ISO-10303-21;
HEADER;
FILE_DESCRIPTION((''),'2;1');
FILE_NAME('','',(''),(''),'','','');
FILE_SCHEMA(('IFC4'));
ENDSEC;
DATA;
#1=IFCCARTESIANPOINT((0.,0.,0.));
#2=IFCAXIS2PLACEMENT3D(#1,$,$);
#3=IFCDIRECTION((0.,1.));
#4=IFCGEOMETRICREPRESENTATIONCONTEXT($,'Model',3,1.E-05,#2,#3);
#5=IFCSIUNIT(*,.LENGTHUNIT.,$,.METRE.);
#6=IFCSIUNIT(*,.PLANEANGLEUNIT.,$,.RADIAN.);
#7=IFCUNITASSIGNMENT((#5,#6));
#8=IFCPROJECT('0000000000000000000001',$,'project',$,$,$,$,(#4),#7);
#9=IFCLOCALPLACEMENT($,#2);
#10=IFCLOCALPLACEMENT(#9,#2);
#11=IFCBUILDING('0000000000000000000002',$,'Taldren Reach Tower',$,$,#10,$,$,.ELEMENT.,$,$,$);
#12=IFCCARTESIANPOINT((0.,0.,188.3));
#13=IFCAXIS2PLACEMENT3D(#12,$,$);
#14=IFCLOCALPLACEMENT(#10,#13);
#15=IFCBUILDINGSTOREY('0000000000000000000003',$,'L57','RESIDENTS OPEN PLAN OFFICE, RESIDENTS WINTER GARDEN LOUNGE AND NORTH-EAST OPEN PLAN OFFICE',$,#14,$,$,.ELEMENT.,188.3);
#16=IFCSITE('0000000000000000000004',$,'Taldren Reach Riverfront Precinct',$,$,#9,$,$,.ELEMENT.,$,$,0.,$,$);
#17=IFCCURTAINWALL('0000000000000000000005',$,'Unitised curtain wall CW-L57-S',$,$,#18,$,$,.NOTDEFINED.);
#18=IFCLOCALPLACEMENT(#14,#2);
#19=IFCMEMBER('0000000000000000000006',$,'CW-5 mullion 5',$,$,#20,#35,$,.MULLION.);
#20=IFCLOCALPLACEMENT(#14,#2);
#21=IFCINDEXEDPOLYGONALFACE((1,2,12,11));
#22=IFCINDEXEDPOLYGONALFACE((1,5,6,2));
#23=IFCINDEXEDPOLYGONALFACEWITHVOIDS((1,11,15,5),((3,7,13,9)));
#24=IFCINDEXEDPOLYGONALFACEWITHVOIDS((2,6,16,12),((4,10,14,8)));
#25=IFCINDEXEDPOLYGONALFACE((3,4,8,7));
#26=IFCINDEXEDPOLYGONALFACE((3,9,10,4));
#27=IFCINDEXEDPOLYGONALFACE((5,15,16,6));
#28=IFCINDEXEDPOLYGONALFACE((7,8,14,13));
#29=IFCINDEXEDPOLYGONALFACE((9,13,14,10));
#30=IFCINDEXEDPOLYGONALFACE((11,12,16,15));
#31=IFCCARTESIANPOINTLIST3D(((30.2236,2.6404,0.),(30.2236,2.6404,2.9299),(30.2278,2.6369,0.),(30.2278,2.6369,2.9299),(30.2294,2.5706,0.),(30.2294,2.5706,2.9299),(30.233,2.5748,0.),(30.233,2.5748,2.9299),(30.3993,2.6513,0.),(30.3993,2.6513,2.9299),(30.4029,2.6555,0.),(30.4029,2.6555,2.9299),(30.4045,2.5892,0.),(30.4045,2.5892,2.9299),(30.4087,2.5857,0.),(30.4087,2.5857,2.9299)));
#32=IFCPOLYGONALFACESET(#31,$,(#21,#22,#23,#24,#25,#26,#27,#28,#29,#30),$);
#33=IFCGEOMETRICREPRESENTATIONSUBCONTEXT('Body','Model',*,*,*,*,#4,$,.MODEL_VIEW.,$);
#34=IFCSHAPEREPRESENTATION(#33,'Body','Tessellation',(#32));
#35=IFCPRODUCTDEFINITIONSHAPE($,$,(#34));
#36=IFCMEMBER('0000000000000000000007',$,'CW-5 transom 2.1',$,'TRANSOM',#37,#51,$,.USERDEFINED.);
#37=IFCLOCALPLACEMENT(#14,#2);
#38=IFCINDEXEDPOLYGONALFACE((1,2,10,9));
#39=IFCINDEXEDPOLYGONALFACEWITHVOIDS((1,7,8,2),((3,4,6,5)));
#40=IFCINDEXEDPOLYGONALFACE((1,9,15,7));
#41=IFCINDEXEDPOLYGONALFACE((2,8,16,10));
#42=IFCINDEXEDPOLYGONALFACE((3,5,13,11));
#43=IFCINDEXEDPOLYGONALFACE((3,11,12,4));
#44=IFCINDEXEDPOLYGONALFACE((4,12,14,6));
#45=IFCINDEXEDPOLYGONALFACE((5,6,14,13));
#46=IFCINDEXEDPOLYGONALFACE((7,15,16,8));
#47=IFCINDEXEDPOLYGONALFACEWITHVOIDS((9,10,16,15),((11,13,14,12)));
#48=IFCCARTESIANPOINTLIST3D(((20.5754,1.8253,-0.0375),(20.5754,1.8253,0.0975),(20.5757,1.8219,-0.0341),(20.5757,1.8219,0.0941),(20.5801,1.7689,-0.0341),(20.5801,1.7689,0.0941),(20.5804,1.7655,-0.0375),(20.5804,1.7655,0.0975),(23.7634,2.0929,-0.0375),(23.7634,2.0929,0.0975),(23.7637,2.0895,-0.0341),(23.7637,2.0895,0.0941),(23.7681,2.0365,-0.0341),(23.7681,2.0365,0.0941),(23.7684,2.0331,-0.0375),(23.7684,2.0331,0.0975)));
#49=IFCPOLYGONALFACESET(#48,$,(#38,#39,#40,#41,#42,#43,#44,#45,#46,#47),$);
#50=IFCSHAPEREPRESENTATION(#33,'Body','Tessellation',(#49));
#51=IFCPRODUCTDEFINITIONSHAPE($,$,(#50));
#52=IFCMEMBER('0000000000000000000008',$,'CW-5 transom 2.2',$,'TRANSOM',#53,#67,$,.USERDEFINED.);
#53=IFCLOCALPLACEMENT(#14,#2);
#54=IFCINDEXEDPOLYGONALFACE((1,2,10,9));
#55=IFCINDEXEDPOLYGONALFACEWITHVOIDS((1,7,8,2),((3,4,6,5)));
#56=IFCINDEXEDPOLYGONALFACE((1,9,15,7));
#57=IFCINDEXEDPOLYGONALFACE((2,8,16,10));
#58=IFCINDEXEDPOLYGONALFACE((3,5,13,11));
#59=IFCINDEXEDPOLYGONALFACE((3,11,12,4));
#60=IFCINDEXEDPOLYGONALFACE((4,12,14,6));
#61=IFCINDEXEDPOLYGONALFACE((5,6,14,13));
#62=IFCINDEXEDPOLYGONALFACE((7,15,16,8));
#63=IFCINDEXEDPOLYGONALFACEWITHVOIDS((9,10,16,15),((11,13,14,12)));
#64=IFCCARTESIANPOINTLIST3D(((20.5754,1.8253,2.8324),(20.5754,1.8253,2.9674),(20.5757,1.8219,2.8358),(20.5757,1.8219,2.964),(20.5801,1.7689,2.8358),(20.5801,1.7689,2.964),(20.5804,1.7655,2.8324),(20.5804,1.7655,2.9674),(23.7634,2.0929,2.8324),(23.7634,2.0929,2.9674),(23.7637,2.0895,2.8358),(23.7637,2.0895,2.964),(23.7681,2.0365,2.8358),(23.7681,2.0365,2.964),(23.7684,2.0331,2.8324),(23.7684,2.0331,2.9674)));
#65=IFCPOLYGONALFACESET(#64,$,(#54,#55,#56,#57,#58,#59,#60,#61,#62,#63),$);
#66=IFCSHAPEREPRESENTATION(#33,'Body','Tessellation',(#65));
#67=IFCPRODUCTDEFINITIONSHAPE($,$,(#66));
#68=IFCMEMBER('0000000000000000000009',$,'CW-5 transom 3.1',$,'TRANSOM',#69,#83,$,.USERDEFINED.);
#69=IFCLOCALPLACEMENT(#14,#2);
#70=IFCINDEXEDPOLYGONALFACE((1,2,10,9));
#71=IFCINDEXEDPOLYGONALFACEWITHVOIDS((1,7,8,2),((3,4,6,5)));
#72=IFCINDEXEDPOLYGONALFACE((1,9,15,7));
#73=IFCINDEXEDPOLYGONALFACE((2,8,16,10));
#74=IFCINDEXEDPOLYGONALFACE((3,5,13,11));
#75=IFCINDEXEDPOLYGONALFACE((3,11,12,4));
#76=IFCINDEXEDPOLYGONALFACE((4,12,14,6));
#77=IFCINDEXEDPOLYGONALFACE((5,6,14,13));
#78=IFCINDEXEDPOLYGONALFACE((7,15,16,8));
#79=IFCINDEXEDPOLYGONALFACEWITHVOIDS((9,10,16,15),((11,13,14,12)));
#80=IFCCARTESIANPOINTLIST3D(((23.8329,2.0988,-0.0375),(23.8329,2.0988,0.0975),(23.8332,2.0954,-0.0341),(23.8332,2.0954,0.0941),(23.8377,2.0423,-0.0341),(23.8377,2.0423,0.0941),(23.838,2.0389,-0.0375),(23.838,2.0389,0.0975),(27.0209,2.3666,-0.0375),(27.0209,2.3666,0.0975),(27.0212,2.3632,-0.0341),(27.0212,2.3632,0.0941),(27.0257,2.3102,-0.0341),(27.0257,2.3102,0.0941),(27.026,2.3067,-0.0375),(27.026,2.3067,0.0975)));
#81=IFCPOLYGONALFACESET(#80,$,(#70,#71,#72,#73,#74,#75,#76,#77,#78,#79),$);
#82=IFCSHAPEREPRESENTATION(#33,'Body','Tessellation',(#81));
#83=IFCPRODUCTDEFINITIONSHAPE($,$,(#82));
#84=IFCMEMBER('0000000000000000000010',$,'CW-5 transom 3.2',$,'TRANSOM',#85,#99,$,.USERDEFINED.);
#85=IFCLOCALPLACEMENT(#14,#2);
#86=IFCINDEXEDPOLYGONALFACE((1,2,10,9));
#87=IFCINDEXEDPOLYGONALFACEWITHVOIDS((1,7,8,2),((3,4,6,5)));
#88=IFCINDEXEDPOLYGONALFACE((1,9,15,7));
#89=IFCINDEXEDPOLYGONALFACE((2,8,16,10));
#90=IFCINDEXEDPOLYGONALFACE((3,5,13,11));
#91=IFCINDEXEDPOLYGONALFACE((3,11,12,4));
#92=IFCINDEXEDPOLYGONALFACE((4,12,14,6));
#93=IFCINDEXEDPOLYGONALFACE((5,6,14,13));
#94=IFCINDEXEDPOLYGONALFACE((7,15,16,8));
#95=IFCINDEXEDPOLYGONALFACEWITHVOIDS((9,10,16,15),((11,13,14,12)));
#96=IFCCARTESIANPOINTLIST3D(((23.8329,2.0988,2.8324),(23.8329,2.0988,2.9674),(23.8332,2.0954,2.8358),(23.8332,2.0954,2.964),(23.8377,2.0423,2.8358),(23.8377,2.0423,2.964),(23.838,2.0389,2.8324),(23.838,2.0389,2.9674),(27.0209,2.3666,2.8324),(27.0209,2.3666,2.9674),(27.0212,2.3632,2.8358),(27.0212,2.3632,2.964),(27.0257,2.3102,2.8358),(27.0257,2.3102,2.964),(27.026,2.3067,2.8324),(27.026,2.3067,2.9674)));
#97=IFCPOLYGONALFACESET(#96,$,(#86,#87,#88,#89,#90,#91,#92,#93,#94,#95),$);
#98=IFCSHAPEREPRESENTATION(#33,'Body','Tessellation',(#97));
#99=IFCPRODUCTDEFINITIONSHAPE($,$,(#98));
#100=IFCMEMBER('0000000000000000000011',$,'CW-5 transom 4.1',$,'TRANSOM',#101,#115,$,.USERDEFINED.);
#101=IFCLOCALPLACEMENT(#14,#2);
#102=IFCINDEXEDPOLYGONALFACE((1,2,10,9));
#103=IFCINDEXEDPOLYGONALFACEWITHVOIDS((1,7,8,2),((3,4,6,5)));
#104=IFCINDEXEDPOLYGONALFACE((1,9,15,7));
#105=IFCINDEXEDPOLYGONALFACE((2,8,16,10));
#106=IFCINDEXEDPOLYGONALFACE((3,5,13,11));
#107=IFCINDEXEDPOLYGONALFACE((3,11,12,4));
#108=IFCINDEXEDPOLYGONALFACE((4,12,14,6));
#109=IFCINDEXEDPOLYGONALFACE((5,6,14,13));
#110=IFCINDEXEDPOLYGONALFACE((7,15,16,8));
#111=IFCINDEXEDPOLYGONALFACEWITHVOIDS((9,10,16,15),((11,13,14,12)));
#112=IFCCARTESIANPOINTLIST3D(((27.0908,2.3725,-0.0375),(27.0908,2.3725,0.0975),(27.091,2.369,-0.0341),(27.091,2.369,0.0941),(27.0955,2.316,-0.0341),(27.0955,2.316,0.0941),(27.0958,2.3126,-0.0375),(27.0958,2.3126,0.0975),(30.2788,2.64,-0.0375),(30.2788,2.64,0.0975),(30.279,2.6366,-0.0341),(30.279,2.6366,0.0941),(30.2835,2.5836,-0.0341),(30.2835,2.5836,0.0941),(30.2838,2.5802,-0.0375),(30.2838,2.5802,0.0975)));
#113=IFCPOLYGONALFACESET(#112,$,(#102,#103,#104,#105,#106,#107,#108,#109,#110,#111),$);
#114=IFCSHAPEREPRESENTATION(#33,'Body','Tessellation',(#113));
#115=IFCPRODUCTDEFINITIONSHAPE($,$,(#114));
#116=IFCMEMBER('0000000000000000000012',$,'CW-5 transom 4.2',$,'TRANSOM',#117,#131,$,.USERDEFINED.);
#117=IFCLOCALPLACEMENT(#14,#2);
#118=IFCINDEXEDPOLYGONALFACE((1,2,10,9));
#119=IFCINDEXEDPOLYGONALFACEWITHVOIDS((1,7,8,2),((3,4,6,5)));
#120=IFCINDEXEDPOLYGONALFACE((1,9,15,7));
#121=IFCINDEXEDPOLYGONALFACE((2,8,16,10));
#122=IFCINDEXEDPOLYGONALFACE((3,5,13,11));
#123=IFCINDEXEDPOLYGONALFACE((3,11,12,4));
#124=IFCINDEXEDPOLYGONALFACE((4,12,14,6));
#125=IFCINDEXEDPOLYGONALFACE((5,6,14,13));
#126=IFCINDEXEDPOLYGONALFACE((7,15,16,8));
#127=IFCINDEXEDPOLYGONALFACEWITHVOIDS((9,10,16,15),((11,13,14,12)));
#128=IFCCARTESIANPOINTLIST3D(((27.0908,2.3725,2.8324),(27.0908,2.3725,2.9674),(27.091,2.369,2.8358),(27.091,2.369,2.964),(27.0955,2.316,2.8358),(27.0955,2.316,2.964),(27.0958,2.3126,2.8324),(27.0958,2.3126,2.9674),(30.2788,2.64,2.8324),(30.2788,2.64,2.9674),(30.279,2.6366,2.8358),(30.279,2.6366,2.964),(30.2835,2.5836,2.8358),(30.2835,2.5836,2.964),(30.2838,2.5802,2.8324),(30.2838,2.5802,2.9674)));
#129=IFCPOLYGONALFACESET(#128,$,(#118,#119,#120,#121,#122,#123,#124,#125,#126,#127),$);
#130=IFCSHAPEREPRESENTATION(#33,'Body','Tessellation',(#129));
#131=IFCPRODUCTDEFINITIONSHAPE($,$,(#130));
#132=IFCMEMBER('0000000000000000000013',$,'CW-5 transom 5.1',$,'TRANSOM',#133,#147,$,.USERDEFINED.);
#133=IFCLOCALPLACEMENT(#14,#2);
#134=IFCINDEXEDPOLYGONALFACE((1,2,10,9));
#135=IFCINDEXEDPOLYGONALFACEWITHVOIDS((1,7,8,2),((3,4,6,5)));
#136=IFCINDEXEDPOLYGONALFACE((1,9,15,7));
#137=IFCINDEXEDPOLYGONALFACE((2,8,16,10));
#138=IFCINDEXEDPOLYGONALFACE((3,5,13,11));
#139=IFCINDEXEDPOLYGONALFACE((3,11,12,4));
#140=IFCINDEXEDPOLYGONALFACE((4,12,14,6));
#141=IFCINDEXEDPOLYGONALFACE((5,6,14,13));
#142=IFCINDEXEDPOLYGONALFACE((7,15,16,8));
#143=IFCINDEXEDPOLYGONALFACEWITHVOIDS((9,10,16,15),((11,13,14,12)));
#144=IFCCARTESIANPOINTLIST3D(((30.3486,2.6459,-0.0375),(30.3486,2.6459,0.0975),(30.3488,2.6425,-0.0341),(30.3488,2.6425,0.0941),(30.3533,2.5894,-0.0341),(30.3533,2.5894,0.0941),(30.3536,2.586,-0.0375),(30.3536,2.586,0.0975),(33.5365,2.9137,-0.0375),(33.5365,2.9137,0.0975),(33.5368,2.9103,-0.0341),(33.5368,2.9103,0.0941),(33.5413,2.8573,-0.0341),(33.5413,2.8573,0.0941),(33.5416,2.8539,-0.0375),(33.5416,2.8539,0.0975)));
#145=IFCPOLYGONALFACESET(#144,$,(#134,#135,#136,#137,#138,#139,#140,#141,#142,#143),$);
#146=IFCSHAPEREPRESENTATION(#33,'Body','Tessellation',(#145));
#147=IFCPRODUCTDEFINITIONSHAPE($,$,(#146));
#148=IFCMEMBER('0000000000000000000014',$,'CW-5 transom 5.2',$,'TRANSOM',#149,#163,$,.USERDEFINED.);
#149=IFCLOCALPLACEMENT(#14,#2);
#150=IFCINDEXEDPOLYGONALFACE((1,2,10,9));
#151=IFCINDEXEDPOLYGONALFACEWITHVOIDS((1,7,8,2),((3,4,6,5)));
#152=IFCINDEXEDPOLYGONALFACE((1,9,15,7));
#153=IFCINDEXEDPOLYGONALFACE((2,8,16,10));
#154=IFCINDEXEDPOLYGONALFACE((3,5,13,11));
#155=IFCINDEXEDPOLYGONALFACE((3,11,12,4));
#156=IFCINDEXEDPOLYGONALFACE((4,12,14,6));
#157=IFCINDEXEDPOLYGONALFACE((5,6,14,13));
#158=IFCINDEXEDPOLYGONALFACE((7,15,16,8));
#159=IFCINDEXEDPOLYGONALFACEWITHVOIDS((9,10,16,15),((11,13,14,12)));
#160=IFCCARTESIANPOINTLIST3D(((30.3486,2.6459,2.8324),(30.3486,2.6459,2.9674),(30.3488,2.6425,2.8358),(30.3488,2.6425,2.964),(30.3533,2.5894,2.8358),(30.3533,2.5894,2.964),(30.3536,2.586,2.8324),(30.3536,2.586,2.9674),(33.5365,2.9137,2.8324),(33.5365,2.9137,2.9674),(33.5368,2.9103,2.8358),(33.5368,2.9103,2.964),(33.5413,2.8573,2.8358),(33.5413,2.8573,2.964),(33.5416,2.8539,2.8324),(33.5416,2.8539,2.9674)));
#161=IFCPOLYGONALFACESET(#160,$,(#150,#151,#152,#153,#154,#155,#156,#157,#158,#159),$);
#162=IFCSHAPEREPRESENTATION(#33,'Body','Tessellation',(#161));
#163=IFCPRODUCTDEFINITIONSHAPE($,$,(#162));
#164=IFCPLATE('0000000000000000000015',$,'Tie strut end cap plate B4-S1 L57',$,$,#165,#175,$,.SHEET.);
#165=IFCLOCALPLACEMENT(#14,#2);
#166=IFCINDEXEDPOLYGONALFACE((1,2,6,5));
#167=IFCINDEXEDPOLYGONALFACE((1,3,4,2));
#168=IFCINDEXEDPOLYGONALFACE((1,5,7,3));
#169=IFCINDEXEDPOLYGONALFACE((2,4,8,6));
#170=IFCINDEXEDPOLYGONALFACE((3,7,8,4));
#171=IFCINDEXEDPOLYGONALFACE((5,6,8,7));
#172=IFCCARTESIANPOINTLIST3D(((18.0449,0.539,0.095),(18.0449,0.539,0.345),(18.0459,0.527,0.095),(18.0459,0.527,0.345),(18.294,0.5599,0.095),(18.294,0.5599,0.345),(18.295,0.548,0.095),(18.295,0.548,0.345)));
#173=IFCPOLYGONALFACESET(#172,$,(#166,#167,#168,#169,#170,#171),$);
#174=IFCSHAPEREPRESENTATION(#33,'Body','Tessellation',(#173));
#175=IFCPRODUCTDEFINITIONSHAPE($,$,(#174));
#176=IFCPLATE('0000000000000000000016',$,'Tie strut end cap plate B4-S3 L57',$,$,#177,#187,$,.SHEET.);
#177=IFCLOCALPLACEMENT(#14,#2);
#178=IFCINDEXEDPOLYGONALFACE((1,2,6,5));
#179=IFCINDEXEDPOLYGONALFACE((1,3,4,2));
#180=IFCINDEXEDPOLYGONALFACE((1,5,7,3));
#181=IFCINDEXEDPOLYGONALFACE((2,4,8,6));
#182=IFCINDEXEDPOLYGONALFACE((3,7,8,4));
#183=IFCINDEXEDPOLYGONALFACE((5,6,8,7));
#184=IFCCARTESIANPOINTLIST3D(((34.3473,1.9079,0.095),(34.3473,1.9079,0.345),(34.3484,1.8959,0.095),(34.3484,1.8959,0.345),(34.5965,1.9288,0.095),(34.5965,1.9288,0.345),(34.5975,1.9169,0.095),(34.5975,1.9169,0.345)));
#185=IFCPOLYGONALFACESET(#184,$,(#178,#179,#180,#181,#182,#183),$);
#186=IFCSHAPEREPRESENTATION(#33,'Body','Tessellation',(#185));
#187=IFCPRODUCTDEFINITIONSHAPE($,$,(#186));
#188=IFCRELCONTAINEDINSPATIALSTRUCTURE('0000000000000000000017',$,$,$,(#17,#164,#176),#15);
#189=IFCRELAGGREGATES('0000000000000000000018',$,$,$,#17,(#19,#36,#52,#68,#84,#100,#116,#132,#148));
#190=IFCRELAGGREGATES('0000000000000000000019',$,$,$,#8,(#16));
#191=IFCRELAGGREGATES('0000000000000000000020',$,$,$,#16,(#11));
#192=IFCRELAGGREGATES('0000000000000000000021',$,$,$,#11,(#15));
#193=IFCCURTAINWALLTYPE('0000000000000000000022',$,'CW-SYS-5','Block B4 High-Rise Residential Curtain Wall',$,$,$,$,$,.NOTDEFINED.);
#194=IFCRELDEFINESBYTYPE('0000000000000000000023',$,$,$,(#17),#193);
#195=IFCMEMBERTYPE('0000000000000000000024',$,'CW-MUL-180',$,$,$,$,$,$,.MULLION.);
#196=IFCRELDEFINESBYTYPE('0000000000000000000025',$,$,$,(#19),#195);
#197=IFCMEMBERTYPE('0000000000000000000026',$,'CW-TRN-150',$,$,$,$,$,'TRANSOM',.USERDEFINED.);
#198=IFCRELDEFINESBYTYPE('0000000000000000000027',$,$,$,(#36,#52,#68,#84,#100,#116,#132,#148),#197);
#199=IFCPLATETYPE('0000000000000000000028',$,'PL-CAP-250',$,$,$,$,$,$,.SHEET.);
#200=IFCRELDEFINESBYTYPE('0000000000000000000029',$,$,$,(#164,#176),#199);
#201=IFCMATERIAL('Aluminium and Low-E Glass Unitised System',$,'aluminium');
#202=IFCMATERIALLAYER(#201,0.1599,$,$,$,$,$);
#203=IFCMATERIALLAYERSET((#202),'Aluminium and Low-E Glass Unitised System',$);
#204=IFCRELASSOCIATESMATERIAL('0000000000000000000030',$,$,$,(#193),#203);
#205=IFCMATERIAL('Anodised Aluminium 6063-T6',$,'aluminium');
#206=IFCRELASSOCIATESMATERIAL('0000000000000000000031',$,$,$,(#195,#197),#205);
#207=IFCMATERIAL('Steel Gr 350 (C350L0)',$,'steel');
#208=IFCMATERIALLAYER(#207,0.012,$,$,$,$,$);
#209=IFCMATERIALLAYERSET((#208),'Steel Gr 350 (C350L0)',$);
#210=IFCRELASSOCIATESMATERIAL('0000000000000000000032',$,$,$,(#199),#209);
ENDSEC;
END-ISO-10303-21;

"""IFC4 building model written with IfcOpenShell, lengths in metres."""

from ifc_helpers import new_model, si_unit, direction, frame, origin, origin_2d, place, context, subcontext, project, spatial, rectangle, hollow_rectangle, extrude, source, transform, mapped, material, layer, layer_set, material_profile, profile_set, type_object, element, aggregate, save


model = new_model("IFC4")

# Units and contexts
model_context = context("Model", 3, precision=1e-05, world=origin(), true_north=direction((0.0, 1.0)))
body_context = subcontext(model_context, "Body", "Model", "MODEL_VIEW")
ifc_project = project(units=[si_unit("LENGTHUNIT", "METRE"), si_unit("PLANEANGLEUNIT", "RADIAN")], contexts=[model_context])

# Site, building, storey
site_placement = place(None, origin())
site = spatial("IfcSite", under=ifc_project, at=site_placement, Name="Taldren Reach Riverfront Precinct", CompositionType="ELEMENT", RefElevation=0.0)
building_placement = place(site_placement, origin())
building = spatial("IfcBuilding", under=site, at=building_placement, Name="Taldren Reach Tower", CompositionType="ELEMENT")
storey_placement = place(building_placement, frame((0.0, 0.0, 188.3)))
storey = spatial("IfcBuildingStorey", under=building, at=storey_placement, Name="L57", Description="RESIDENTS OPEN PLAN OFFICE, RESIDENTS WINTER GARDEN LOUNGE AND NORTH-EAST OPEN PLAN OFFICE", CompositionType="ELEMENT", Elevation=188.3)

# Shared definitions
ifc_material_1 = material(Name="Steel Gr 350 (C350L0)", Category="steel")

# Curtain wall, members
ifc_material_2 = material(Name="Aluminium and Low-E Glass Unitised System", Category="aluminium")
ifc_layer_1 = layer(ifc_material_2, 0.1599)
ifc_layer_set_1 = layer_set([ifc_layer_1], Name="Aluminium and Low-E Glass Unitised System")
curtain_wall_type = type_object("IfcCurtainWallType", Name="CW-SYS-5", Description="Block B4 High-Rise Residential Curtain Wall", PredefinedType="NOTDEFINED", material=ifc_layer_set_1)
curtain_wall_placement = place(storey_placement, origin())
curtain_wall = element("IfcCurtainWall", 1, at=curtain_wall_placement, inside=storey, type_object=curtain_wall_type, Name="Unitised curtain wall CW-L57-S", PredefinedType="NOTDEFINED")
ifc_material_3 = material(Name="Anodised Aluminium 6063-T6", Category="aluminium")
ifc_material_profile_1 = material_profile(ifc_material_3, hollow_rectangle(XDim=0.0701, YDim=0.1799, WallThickness=0.0039, at=origin_2d()), Name="ALU-180x70x4RHS")
ifc_profile_set_1 = profile_set([ifc_material_profile_1], Name="Anodised Aluminium 6063-T6")
member_type_1 = type_object("IfcMemberType", Name="CW-MUL-180", PredefinedType="MULLION", material=ifc_profile_set_1)
shared_shape_1 = source(origin(), body_context, "Body", "SweptSolid", [
    extrude(hollow_rectangle(XDim=0.0701, YDim=0.1799, WallThickness=0.0039, at=origin_2d()), origin(), (0.0, 0.0, 1.0), 2.9299),
])
member_1_placement = place(storey_placement, frame((30.3162, 2.613, 0.0), z_axis=(0.0, 0.0, 1.0), x_axis=(-0.083678, 0.996493, 0.0)))
member_1 = element("IfcMember", 2, at=member_1_placement, type_object=member_type_1, Name="CW-5 mullion 5", PredefinedType="MULLION", context=body_context, shape_type="MappedRepresentation", body=[
    mapped(shared_shape_1, transform((0.0, 0.0, 0.0), scale=1.0)),
])
ifc_material_profile_2 = material_profile(ifc_material_3, hollow_rectangle(XDim=0.0601, YDim=0.135, WallThickness=0.0034, at=origin_2d()), Name="ALU-135x60x3.5RHS")
ifc_profile_set_2 = profile_set([ifc_material_profile_2], Name="Anodised Aluminium 6063-T6")
member_type_2 = type_object("IfcMemberType", Name="CW-TRN-150", ElementType="TRANSOM", PredefinedType="USERDEFINED", material=ifc_profile_set_2)
shared_shape_2 = source(origin(), body_context, "Body", "SweptSolid", [
    extrude(hollow_rectangle(XDim=0.0601, YDim=0.135, WallThickness=0.0034, at=origin_2d()), origin(), (0.0, 0.0, 1.0), 3.1992),
])
member_2_placement = place(storey_placement, frame((20.5779, 1.7954, 0.03), z_axis=(0.996496, 0.083639, 0.0), x_axis=(-0.083639, 0.996496, 0.0)))
member_2 = element("IfcMember", 3, at=member_2_placement, type_object=member_type_2, Name="CW-5 transom 2.1", ObjectType="TRANSOM", PredefinedType="USERDEFINED", context=body_context, shape_type="MappedRepresentation", body=[
    mapped(shared_shape_2, transform((0.0, 0.0, 0.0), scale=1.0)),
])
member_3_placement = place(storey_placement, frame((20.5779, 1.7954, 2.8999), z_axis=(0.996496, 0.083639, 0.0), x_axis=(-0.083639, 0.996496, 0.0)))
member_3 = element("IfcMember", 4, at=member_3_placement, type_object=member_type_2, Name="CW-5 transom 2.2", ObjectType="TRANSOM", PredefinedType="USERDEFINED", context=body_context, shape_type="MappedRepresentation", body=[
    mapped(shared_shape_2, transform((0.0, 0.0, 0.0), scale=1.0)),
])
member_4_placement = place(storey_placement, frame((23.8354, 2.0688, 0.03), z_axis=(0.99649, 0.083715, 0.0), x_axis=(-0.083715, 0.99649, 0.0)))
member_4 = element("IfcMember", 5, at=member_4_placement, type_object=member_type_2, Name="CW-5 transom 3.1", ObjectType="TRANSOM", PredefinedType="USERDEFINED", context=body_context, shape_type="MappedRepresentation", body=[
    mapped(shared_shape_2, transform((0.0, 0.0, 0.0), scale=1.0)),
])
member_5_placement = place(storey_placement, frame((23.8354, 2.0688, 2.8999), z_axis=(0.99649, 0.083715, 0.0), x_axis=(-0.083715, 0.99649, 0.0)))
member_5 = element("IfcMember", 6, at=member_5_placement, type_object=member_type_2, Name="CW-5 transom 3.2", ObjectType="TRANSOM", PredefinedType="USERDEFINED", context=body_context, shape_type="MappedRepresentation", body=[
    mapped(shared_shape_2, transform((0.0, 0.0, 0.0), scale=1.0)),
])
member_6_placement = place(storey_placement, frame((27.0933, 2.3425, 0.03), z_axis=(0.996496, 0.083639, 0.0), x_axis=(-0.083639, 0.996496, 0.0)))
member_6 = element("IfcMember", 7, at=member_6_placement, type_object=member_type_2, Name="CW-5 transom 4.1", ObjectType="TRANSOM", PredefinedType="USERDEFINED", context=body_context, shape_type="MappedRepresentation", body=[
    mapped(shared_shape_2, transform((0.0, 0.0, 0.0), scale=1.0)),
])
member_7_placement = place(storey_placement, frame((27.0933, 2.3425, 2.8999), z_axis=(0.996496, 0.083639, 0.0), x_axis=(-0.083639, 0.996496, 0.0)))
member_7 = element("IfcMember", 8, at=member_7_placement, type_object=member_type_2, Name="CW-5 transom 4.2", ObjectType="TRANSOM", PredefinedType="USERDEFINED", context=body_context, shape_type="MappedRepresentation", body=[
    mapped(shared_shape_2, transform((0.0, 0.0, 0.0), scale=1.0)),
])
member_8_placement = place(storey_placement, frame((30.3511, 2.616, 0.03), z_axis=(0.99649, 0.083715, 0.0), x_axis=(-0.083715, 0.99649, 0.0)))
member_8 = element("IfcMember", 9, at=member_8_placement, type_object=member_type_2, Name="CW-5 transom 5.1", ObjectType="TRANSOM", PredefinedType="USERDEFINED", context=body_context, shape_type="MappedRepresentation", body=[
    mapped(shared_shape_2, transform((0.0, 0.0, 0.0), scale=1.0)),
])
member_9_placement = place(storey_placement, frame((30.3511, 2.616, 2.8999), z_axis=(0.99649, 0.083715, 0.0), x_axis=(-0.083715, 0.99649, 0.0)))
member_9 = element("IfcMember", 10, at=member_9_placement, type_object=member_type_2, Name="CW-5 transom 5.2", ObjectType="TRANSOM", PredefinedType="USERDEFINED", context=body_context, shape_type="MappedRepresentation", body=[
    mapped(shared_shape_2, transform((0.0, 0.0, 0.0), scale=1.0)),
])

# Plates
ifc_layer_2 = layer(ifc_material_1, 0.012)
ifc_layer_set_2 = layer_set([ifc_layer_2], Name="Steel Gr 350 (C350L0)")
plate_type_1 = type_object("IfcPlateType", Name="PL-CAP-250", PredefinedType="SHEET", material=ifc_layer_set_2)
shared_shape_3 = source(origin(), body_context, "Body", "SweptSolid", [
    extrude(rectangle(XDim=0.25, YDim=0.012, at=origin_2d()), origin(), (0.0, 0.0, 1.0), 0.25),
])
for number, where, z_axis, x_axis, name in (
    (11, (18.1699, 0.5435, 0.095), (0.0, 0.0, 1.0), (0.996493, 0.083678, 0.0), "Tie strut end cap plate B4-S1 L57"),
    (12, (34.4724, 1.9124, 0.095), (0.0, 0.0, 1.0), (0.996493, 0.083678, 0.0), "Tie strut end cap plate B4-S3 L57"),
):
    element("IfcPlate", number, at=place(storey_placement, frame(where, z_axis=z_axis, x_axis=x_axis)), inside=storey, type_object=plate_type_1, Name=name, PredefinedType="SHEET", context=body_context, shape_type="MappedRepresentation", body=[
        mapped(shared_shape_3, transform((0.0, 0.0, 0.0), scale=1.0)),
    ])

aggregate(curtain_wall, [member_1, member_2, member_3, member_4, member_5, member_6, member_7, member_8, member_9])

save(model, "model.ifc")
